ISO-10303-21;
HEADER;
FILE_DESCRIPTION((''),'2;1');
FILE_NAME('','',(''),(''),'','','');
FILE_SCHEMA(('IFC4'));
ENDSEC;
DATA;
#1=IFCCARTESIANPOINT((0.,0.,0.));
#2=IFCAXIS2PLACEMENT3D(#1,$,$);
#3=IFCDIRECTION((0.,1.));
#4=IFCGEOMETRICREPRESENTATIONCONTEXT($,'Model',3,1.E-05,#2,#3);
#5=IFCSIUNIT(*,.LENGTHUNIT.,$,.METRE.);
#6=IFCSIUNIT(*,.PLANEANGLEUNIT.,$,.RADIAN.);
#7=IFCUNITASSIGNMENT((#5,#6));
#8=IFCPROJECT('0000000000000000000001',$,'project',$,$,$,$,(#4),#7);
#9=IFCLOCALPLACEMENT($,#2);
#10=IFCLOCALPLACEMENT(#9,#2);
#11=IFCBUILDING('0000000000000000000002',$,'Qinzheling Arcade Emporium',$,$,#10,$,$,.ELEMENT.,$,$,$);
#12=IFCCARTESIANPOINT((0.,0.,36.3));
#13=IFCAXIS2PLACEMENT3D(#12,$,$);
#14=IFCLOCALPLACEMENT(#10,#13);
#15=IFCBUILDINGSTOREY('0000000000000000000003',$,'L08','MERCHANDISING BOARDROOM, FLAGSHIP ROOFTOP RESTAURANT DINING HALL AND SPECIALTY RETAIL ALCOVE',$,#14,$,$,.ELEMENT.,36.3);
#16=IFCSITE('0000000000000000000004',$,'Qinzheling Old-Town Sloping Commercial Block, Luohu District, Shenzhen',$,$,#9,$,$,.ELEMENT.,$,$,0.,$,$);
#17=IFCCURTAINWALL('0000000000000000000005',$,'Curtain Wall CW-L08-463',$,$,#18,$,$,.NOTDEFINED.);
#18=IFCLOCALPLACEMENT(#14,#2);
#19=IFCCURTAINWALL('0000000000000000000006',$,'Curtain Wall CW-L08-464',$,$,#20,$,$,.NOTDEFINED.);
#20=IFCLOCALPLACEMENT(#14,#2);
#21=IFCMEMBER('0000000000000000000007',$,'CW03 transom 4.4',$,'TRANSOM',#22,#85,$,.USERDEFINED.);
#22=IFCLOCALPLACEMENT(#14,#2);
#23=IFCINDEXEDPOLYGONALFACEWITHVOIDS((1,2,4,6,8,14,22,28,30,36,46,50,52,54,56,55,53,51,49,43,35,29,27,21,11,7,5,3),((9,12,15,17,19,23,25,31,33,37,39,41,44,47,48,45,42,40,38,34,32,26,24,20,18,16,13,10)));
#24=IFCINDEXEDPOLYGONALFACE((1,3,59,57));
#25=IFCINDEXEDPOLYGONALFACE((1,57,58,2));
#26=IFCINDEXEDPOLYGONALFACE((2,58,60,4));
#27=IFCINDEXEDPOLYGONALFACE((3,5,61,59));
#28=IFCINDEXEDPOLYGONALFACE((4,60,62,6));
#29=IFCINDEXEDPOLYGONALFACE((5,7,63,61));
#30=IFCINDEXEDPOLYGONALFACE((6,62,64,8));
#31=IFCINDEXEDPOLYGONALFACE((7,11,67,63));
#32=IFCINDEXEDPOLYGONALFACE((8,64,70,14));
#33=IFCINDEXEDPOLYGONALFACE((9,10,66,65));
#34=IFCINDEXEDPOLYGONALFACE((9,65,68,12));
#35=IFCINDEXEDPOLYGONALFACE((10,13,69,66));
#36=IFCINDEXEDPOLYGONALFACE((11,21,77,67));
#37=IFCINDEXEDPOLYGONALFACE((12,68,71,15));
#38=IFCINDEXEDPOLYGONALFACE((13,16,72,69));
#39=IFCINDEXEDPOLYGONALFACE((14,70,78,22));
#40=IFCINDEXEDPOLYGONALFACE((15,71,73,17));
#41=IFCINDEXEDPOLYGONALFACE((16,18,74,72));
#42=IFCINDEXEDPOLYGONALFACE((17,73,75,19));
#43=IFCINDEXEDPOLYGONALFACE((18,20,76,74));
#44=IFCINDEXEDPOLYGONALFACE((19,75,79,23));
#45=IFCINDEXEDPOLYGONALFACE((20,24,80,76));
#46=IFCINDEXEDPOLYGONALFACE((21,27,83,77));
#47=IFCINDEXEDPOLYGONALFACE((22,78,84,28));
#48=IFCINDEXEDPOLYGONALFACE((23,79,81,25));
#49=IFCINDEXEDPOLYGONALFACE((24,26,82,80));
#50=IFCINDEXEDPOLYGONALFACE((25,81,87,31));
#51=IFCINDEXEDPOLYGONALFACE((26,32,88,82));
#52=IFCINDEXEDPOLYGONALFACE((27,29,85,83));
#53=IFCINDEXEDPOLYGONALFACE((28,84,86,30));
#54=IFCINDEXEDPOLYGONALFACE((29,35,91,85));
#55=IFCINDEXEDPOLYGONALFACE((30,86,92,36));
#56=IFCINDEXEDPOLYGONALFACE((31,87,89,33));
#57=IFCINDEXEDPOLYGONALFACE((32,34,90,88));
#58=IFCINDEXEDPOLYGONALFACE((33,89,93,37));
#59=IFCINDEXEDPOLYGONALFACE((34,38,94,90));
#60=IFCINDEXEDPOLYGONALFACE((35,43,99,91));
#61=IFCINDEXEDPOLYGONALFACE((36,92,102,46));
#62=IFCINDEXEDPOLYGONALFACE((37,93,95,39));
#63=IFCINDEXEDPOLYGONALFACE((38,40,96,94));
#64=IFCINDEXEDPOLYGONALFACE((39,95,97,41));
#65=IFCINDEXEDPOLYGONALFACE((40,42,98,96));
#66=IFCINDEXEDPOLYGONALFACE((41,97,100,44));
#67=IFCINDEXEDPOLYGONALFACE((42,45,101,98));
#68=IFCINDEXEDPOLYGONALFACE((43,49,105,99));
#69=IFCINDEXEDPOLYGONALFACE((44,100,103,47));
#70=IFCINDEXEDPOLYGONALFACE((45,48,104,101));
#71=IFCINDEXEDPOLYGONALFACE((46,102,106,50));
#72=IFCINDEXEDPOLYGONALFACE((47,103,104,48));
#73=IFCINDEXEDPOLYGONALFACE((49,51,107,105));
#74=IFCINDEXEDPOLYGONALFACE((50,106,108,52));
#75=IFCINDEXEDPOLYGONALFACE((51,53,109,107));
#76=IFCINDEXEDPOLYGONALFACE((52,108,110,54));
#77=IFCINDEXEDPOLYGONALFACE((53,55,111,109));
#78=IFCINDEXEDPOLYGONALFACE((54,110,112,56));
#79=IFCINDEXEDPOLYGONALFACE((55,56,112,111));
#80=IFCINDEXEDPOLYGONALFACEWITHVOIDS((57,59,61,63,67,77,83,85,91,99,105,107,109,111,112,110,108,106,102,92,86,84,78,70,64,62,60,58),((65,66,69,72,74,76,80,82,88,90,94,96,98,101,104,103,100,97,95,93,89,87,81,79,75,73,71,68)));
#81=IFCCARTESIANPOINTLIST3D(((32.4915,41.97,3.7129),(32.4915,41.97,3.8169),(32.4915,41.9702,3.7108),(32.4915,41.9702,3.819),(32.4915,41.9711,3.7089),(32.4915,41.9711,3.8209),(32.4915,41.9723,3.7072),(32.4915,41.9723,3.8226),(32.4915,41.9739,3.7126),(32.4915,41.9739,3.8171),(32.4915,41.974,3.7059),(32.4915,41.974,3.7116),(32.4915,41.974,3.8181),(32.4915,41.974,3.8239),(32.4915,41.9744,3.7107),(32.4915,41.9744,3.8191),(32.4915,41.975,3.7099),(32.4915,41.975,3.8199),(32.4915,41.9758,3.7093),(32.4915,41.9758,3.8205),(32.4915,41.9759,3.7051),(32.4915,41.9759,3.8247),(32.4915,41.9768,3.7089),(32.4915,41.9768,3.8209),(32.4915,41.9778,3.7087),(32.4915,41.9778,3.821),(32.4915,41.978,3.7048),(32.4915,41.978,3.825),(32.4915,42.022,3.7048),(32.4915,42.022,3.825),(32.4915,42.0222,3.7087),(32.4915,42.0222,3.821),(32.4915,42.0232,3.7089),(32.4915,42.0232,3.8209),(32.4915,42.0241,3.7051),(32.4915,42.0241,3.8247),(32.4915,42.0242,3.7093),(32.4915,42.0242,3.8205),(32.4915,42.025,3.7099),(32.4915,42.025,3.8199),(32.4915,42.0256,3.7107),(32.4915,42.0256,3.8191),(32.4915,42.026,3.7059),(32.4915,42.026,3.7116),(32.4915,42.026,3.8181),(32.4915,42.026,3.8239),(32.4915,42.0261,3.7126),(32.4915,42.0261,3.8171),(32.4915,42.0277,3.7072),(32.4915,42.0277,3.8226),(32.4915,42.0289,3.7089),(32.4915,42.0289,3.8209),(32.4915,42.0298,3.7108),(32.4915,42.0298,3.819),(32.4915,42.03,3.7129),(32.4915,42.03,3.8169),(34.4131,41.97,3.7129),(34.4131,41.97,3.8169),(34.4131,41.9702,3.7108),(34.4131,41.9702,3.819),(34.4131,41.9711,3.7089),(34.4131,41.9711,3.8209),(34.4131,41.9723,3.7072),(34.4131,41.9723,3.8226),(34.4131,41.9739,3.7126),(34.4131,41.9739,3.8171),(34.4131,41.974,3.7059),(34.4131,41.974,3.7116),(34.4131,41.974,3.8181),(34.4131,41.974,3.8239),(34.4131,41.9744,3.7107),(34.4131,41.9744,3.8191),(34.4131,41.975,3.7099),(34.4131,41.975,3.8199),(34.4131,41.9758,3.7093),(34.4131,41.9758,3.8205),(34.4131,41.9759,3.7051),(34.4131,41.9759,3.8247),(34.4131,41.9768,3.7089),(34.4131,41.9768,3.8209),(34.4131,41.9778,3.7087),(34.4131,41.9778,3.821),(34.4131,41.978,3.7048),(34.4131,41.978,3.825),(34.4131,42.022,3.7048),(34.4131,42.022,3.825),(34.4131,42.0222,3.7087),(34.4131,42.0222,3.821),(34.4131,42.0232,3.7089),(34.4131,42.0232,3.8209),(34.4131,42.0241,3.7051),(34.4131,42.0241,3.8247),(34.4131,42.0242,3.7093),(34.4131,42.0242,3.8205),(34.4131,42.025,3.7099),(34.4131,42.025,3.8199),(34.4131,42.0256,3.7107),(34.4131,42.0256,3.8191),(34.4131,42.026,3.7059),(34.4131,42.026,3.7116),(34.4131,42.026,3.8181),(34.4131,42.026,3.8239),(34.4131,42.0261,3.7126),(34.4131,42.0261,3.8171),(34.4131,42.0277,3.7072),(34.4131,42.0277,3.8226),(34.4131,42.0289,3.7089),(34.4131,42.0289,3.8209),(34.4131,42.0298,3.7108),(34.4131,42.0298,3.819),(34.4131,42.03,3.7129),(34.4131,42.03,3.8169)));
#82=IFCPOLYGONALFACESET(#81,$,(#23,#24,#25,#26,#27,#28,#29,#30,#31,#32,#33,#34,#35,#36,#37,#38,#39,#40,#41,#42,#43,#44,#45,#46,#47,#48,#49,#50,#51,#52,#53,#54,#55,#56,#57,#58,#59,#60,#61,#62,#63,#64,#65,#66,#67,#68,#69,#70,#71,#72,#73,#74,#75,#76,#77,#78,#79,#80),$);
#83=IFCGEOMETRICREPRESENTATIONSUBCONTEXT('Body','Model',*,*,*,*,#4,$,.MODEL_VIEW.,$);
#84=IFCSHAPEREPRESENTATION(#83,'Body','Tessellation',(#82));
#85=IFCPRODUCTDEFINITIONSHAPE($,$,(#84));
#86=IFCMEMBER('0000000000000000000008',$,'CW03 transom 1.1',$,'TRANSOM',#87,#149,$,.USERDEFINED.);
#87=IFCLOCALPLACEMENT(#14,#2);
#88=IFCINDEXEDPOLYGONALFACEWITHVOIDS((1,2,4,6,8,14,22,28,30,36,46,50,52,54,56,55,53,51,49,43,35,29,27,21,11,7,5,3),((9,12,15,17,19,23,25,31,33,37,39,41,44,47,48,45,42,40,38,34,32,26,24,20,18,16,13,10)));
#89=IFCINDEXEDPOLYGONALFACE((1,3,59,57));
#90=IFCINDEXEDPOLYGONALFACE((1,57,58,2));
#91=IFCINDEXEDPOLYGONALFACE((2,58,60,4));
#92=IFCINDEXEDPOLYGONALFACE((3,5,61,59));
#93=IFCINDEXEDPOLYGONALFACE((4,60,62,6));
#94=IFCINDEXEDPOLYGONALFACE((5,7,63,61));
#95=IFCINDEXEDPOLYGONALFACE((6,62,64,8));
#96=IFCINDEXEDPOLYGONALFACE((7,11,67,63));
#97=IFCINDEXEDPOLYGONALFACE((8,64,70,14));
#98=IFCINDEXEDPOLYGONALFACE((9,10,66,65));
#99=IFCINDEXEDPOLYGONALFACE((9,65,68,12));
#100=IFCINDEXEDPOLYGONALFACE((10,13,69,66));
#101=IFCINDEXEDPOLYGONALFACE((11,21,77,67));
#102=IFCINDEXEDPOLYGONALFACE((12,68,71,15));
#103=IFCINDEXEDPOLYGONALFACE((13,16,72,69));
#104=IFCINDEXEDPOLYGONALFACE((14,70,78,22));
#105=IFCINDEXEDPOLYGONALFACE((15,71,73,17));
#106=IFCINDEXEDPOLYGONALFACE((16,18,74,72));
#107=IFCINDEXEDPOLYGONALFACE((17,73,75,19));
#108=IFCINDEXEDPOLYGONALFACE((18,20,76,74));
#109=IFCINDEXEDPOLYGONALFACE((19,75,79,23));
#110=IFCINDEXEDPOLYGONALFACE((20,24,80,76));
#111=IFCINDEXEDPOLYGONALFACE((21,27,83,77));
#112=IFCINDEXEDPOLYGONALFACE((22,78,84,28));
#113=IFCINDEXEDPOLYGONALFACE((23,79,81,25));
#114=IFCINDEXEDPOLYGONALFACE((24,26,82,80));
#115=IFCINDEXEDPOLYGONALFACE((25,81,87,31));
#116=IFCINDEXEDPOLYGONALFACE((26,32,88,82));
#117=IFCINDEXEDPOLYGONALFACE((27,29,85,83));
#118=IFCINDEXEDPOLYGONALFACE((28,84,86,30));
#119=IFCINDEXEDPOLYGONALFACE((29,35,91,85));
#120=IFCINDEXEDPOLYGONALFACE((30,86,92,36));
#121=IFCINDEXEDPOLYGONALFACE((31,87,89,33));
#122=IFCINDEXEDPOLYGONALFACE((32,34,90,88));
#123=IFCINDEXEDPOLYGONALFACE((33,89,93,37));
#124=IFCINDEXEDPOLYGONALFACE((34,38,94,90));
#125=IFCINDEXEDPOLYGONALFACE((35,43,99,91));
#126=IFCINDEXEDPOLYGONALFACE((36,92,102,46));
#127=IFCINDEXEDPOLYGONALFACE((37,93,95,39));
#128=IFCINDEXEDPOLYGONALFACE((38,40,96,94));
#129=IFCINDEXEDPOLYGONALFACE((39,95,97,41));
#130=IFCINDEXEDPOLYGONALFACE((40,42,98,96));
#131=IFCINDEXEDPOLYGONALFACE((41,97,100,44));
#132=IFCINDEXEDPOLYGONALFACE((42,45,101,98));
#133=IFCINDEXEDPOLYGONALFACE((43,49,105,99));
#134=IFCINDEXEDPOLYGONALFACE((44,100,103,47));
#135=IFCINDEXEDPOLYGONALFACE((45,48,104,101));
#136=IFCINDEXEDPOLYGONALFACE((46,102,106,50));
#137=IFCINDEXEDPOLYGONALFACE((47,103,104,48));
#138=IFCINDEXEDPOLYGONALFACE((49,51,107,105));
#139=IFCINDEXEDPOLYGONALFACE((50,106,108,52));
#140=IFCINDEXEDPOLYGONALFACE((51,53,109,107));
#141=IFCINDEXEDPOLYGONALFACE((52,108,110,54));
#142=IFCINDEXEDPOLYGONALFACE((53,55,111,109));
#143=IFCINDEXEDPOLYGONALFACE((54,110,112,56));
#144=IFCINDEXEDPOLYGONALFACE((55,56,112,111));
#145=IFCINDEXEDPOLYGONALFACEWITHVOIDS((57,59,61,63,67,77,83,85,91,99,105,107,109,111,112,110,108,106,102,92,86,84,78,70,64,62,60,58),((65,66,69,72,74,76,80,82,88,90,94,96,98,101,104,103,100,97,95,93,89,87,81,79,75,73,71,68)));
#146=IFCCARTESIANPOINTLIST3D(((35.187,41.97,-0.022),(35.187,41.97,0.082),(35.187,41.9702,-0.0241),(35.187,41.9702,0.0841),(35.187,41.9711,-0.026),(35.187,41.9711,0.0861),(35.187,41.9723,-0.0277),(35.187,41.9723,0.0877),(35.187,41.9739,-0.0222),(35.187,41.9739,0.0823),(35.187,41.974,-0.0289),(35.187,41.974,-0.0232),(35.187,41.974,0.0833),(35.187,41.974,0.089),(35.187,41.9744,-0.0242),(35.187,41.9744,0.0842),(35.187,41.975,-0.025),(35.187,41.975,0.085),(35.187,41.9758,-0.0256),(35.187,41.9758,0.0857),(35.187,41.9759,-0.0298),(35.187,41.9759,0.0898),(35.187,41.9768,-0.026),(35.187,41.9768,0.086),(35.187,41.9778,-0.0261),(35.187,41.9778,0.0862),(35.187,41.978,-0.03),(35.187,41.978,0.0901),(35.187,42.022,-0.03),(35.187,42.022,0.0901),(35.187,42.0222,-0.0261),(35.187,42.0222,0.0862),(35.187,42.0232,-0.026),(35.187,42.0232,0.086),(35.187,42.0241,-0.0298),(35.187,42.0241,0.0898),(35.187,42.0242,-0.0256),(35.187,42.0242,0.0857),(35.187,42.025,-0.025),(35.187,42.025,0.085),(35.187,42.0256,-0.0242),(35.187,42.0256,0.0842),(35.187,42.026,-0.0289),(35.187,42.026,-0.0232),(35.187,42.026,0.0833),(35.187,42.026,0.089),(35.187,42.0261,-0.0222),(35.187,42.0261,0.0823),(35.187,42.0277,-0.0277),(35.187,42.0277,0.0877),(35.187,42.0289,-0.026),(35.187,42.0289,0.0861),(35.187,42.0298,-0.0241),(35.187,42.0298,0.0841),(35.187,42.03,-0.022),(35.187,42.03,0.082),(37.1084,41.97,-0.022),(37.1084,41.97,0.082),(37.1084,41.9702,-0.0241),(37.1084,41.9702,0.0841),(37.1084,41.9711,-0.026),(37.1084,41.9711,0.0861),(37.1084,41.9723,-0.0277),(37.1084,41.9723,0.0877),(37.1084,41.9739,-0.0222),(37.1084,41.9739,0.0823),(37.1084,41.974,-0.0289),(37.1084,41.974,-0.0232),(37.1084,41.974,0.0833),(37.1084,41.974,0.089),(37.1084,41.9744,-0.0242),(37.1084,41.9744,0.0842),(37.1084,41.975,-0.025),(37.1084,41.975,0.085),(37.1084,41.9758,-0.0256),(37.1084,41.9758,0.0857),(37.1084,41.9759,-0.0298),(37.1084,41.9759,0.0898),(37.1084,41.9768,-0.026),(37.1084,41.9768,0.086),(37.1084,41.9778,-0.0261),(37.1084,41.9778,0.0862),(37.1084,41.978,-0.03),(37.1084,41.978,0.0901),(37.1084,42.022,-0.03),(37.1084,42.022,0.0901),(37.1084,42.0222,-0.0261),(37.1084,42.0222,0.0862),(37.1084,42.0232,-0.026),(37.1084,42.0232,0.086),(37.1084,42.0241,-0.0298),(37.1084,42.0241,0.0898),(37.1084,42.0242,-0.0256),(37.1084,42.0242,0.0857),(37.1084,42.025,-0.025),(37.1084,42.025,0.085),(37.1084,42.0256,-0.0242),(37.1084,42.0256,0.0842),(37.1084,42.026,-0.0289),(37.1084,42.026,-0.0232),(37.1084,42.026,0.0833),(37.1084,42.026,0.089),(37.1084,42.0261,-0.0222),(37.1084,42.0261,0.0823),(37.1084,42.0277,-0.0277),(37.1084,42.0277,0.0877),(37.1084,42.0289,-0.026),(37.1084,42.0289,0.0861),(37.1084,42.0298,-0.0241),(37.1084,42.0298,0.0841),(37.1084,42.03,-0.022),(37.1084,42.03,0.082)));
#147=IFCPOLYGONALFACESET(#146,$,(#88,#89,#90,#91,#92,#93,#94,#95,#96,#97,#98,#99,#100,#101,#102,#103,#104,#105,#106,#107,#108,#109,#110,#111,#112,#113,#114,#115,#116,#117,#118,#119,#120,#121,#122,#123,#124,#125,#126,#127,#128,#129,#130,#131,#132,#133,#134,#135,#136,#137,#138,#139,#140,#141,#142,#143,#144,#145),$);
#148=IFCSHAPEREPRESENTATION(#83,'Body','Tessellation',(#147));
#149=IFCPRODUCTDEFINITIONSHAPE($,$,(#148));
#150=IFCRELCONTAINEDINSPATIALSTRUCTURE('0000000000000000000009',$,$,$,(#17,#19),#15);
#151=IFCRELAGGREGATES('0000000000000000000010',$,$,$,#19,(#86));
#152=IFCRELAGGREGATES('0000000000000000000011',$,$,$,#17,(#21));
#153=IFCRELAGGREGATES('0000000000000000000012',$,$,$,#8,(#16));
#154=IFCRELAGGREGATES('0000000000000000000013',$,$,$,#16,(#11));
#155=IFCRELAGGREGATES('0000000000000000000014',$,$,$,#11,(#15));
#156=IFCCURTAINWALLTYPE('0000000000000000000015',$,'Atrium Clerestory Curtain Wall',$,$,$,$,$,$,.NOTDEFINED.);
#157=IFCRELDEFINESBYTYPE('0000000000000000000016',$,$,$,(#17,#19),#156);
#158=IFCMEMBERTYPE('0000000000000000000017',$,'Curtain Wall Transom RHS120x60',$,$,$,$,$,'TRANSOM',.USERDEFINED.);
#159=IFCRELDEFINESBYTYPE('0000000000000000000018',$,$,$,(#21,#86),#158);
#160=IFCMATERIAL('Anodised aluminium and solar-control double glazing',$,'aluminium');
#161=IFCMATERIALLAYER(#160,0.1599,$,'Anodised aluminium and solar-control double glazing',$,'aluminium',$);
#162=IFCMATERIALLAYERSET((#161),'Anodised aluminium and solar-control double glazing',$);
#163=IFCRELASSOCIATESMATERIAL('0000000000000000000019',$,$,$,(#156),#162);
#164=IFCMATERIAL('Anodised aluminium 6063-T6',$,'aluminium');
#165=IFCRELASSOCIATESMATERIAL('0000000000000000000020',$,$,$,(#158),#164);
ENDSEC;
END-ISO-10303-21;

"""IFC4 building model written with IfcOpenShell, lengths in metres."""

from ifc_helpers import new_model, si_unit, direction, frame, origin, origin_2d, place, context, subcontext, project, spatial, hollow_rectangle, extrude, material, layer, layer_set, material_profile, profile_set, type_object, element, aggregate, save


model = new_model("IFC4")

# Units and contexts
model_context = context("Model", 3, precision=1e-05, world=origin(), true_north=direction((0.0, 1.0)))
body_context = subcontext(model_context, "Body", "Model", "MODEL_VIEW")
ifc_project = project(units=[si_unit("LENGTHUNIT", "METRE"), si_unit("PLANEANGLEUNIT", "RADIAN")], contexts=[model_context])

# Site, building, storey
site_placement = place(None, origin())
site = spatial("IfcSite", under=ifc_project, at=site_placement, Name="Qinzheling Old-Town Sloping Commercial Block, Luohu District, Shenzhen", CompositionType="ELEMENT", RefElevation=0.0)
building_placement = place(site_placement, origin())
building = spatial("IfcBuilding", under=site, at=building_placement, Name="Qinzheling Arcade Emporium", CompositionType="ELEMENT")
storey_placement = place(building_placement, frame((0.0, 0.0, 36.3)))
storey = spatial("IfcBuildingStorey", under=building, at=storey_placement, Name="L08", Description="MERCHANDISING BOARDROOM, FLAGSHIP ROOFTOP RESTAURANT DINING HALL AND SPECIALTY RETAIL ALCOVE", CompositionType="ELEMENT", Elevation=36.3)

# Curtain wall
ifc_material_1 = material(Name="Anodised aluminium and solar-control double glazing", Category="aluminium")
ifc_layer_1 = layer(ifc_material_1, 0.1599, Name="Anodised aluminium and solar-control double glazing", Category="aluminium")
ifc_layer_set_1 = layer_set([ifc_layer_1], Name="Anodised aluminium and solar-control double glazing")
curtain_wall_type = type_object("IfcCurtainWallType", Name="Atrium Clerestory Curtain Wall", PredefinedType="NOTDEFINED", material=ifc_layer_set_1)
curtain_wall_1_placement = place(storey_placement, origin())
curtain_wall_1 = element("IfcCurtainWall", 1, at=curtain_wall_1_placement, inside=storey, type_object=curtain_wall_type, Name="Curtain Wall CW-L08-463", PredefinedType="NOTDEFINED")
ifc_material_2 = material(Name="Anodised aluminium 6063-T6", Category="aluminium")

# Curtain wall
curtain_wall_2_placement = place(storey_placement, origin())
curtain_wall_2 = element("IfcCurtainWall", 2, at=curtain_wall_2_placement, inside=storey, type_object=curtain_wall_type, Name="Curtain Wall CW-L08-464", PredefinedType="NOTDEFINED")

# Members
ifc_material_profile_1 = material_profile(ifc_material_2, hollow_rectangle(XDim=0.0601, YDim=0.1201, WallThickness=0.0039, InnerFilletRadius=0.0039, OuterFilletRadius=0.0081, at=origin_2d()), Name="RHS 120x60x4", Category="aluminium")
ifc_profile_set_1 = profile_set([ifc_material_profile_1], Name="Anodised aluminium 6063-T6")
member_type_1 = type_object("IfcMemberType", Name="Curtain Wall Transom RHS120x60", ElementType="TRANSOM", PredefinedType="USERDEFINED", material=ifc_profile_set_1)
member_1_placement = place(storey_placement, frame((32.4915, 42.0, 3.7649), z_axis=(1.0, 0.0, 0.0), x_axis=(0.0, 1.0, 0.0)))
member_1 = element("IfcMember", 3, at=member_1_placement, type_object=member_type_1, Name="CW03 transom 4.4", ObjectType="TRANSOM", PredefinedType="USERDEFINED", context=body_context, shape_type="SweptSolid", body=[
    extrude(hollow_rectangle(XDim=0.0601, YDim=0.1201, WallThickness=0.0039, InnerFilletRadius=0.0039, OuterFilletRadius=0.0081, at=origin_2d()), origin(), (0.0, 0.0, 1.0), 1.9216),
])
member_2_placement = place(storey_placement, frame((35.187, 42.0, 0.03), z_axis=(1.0, 0.0, 0.0), x_axis=(0.0, 1.0, 0.0)))
member_2 = element("IfcMember", 4, at=member_2_placement, type_object=member_type_1, Name="CW03 transom 1.1", ObjectType="TRANSOM", PredefinedType="USERDEFINED", context=body_context, shape_type="SweptSolid", body=[
    extrude(hollow_rectangle(XDim=0.0601, YDim=0.1201, WallThickness=0.0039, InnerFilletRadius=0.0039, OuterFilletRadius=0.0081, at=origin_2d()), origin(), (0.0, 0.0, 1.0), 1.9214),
])
aggregate(curtain_wall_2, [member_2])

aggregate(curtain_wall_1, [member_1])

save(model, "model.ifc")
